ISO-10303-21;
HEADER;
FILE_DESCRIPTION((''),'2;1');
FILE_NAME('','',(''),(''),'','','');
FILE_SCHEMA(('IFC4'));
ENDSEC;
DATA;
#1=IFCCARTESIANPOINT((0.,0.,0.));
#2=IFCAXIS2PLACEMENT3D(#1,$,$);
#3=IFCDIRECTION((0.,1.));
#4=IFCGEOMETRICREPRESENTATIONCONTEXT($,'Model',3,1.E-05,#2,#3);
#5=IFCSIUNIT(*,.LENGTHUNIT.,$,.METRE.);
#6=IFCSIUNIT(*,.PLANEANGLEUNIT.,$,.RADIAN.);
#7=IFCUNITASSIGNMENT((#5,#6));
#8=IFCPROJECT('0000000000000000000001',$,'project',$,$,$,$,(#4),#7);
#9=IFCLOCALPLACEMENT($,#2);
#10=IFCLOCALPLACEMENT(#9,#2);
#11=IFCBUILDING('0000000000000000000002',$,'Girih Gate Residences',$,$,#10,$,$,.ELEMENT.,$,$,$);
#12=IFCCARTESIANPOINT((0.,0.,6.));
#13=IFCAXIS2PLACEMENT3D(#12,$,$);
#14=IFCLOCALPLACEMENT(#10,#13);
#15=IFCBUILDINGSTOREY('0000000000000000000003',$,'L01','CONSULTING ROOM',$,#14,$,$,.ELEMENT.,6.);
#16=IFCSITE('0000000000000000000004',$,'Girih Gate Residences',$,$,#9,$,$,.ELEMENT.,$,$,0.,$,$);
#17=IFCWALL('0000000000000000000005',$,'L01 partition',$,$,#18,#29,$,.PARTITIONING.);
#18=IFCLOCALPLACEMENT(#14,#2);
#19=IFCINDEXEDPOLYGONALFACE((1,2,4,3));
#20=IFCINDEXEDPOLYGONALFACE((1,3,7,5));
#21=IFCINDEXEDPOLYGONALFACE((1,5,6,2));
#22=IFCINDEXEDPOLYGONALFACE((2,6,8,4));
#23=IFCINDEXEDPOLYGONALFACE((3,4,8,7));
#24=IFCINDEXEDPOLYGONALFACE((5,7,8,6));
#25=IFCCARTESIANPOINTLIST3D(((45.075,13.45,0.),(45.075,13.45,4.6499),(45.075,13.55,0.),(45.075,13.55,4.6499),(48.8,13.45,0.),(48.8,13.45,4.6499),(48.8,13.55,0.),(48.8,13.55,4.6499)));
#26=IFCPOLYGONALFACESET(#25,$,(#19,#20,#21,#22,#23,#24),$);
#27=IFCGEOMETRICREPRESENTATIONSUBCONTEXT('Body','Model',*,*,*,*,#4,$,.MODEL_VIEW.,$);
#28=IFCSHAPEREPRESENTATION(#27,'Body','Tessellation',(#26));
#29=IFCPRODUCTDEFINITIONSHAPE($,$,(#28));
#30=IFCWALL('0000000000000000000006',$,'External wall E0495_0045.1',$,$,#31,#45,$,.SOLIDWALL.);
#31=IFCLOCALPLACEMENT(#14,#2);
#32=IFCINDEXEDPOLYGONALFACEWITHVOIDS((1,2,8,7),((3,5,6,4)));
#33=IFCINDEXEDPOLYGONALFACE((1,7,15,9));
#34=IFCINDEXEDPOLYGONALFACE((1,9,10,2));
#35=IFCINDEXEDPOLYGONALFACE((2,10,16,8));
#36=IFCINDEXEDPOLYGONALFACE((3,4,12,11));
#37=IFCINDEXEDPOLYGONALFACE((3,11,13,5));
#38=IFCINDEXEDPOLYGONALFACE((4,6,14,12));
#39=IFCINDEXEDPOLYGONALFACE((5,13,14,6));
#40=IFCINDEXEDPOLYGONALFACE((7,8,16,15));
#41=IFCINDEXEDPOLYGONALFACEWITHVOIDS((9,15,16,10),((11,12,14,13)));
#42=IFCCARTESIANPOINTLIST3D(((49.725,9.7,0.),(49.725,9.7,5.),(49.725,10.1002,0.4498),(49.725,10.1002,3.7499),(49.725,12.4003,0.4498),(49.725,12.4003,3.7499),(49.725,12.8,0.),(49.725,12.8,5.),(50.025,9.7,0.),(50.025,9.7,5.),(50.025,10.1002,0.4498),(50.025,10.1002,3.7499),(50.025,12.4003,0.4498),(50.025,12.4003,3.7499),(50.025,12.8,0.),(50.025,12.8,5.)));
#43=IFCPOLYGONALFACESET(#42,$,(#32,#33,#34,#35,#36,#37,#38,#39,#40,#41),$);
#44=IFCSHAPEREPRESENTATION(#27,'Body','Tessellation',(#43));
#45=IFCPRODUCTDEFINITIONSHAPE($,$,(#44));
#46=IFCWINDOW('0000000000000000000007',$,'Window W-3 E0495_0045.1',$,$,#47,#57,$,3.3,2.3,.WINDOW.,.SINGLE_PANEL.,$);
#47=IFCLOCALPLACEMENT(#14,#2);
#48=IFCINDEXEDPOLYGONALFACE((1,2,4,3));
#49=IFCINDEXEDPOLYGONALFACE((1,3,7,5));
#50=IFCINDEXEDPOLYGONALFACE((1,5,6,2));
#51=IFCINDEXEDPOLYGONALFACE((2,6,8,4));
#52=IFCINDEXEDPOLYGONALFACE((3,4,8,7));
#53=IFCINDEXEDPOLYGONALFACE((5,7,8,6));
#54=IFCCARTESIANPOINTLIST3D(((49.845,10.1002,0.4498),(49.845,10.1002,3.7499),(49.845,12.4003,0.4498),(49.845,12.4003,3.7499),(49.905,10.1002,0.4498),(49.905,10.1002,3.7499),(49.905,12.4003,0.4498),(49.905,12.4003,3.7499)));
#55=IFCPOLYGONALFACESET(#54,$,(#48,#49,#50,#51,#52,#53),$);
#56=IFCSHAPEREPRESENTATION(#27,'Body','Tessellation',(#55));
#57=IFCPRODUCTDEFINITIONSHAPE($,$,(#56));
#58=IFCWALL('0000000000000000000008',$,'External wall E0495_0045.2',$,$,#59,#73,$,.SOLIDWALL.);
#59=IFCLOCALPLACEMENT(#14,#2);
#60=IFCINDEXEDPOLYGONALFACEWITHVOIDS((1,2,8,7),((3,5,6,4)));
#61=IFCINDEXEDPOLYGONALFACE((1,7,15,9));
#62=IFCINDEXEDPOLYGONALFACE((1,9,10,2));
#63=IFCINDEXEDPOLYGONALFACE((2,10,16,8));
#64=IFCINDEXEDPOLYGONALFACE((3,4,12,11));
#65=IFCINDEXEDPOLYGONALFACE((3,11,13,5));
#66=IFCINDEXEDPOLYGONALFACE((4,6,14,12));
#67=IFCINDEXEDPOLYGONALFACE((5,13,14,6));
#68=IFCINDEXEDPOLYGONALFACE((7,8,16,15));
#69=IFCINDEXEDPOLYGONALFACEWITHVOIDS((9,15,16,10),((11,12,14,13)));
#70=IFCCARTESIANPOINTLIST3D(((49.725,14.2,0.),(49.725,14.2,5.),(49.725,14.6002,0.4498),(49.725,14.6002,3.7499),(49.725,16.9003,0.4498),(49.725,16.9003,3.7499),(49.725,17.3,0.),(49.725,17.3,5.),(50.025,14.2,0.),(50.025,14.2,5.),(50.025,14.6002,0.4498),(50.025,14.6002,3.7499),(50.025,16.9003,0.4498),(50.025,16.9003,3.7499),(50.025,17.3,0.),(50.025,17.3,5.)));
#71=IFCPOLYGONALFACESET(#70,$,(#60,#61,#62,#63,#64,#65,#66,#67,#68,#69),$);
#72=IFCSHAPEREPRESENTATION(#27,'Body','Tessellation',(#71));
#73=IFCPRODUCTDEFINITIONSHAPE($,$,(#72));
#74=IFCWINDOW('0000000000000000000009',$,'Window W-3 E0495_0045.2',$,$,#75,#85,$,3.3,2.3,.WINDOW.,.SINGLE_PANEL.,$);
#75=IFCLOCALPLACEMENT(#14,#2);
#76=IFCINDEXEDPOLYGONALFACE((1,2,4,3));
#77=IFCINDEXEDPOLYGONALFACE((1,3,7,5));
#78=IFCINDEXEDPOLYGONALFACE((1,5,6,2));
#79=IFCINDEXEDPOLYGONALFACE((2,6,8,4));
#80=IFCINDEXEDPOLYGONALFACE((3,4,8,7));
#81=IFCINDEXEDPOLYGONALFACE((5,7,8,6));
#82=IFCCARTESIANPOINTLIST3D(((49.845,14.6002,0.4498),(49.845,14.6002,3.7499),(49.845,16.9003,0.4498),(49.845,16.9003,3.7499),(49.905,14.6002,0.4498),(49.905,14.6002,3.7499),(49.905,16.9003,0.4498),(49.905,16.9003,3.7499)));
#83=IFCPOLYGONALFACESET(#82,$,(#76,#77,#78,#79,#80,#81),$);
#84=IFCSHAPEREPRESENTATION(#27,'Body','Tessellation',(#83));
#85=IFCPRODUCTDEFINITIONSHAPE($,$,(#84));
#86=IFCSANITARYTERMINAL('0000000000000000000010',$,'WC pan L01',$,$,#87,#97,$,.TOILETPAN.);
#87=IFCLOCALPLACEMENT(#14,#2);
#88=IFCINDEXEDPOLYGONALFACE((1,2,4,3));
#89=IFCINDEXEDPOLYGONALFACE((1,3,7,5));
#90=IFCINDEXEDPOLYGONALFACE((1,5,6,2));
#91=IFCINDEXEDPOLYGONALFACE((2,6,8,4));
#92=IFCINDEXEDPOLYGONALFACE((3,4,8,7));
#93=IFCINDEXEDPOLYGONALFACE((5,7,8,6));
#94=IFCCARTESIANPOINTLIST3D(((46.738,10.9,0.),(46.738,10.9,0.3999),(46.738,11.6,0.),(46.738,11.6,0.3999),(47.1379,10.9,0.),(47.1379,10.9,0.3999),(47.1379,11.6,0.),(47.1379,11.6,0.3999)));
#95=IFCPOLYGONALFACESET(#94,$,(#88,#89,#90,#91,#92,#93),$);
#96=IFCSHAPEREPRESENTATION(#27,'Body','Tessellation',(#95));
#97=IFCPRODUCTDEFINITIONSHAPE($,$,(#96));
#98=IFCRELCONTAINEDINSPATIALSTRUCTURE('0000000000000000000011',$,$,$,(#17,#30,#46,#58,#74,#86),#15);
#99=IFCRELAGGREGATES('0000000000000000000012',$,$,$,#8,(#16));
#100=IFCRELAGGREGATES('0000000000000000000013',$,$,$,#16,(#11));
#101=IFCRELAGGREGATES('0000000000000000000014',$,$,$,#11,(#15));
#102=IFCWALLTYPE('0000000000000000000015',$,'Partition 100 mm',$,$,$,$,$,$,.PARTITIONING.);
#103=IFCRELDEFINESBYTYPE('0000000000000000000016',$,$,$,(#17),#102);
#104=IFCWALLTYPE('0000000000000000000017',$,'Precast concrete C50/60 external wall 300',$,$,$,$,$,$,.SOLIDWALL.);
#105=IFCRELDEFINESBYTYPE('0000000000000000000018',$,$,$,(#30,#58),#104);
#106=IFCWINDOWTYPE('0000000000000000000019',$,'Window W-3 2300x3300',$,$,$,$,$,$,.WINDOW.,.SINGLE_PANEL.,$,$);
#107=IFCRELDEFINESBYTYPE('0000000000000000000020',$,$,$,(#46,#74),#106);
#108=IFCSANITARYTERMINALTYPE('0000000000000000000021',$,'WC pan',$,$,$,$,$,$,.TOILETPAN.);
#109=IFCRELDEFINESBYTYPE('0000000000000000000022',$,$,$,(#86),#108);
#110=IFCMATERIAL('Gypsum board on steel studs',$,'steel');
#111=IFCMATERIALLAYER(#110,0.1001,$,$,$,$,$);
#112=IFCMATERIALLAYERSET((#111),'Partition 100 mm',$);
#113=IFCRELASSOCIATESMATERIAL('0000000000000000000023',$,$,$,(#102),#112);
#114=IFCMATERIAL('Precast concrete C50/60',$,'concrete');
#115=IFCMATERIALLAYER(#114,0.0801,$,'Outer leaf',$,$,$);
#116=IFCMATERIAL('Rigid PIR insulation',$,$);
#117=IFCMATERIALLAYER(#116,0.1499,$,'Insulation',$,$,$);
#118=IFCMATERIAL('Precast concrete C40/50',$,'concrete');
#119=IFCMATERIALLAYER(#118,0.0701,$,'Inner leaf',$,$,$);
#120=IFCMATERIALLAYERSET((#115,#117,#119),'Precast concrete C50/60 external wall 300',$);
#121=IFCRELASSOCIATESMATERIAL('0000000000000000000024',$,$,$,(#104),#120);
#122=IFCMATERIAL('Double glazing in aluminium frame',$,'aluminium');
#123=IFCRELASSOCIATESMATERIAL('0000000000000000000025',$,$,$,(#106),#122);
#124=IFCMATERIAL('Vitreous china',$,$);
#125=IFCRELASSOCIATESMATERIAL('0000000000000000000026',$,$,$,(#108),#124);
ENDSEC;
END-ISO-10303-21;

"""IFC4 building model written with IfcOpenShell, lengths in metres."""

from ifc_helpers import new_model, si_unit, direction, frame, frame_2d, origin, origin_2d, place, context, subcontext, project, spatial, rectangle, extrude, material, layer, layer_set, type_object, element, fill, save


model = new_model("IFC4")

# Units and contexts
model_context = context("Model", 3, precision=1e-05, world=origin(), true_north=direction((0.0, 1.0)))
body_context = subcontext(model_context, "Body", "Model", "MODEL_VIEW")
ifc_project = project(units=[si_unit("LENGTHUNIT", "METRE"), si_unit("PLANEANGLEUNIT", "RADIAN")], contexts=[model_context])

# Site, building, storey
site_placement = place(None, origin())
site = spatial("IfcSite", under=ifc_project, at=site_placement, Name="Girih Gate Residences", CompositionType="ELEMENT", RefElevation=0.0)
building_placement = place(site_placement, origin())
building = spatial("IfcBuilding", under=site, at=building_placement, Name="Girih Gate Residences", CompositionType="ELEMENT")
storey_placement = place(building_placement, frame((0.0, 0.0, 6.0)))
storey = spatial("IfcBuildingStorey", under=building, at=storey_placement, Name="L01", Description="CONSULTING ROOM", CompositionType="ELEMENT", Elevation=6.0)

# Shared definitions
ifc_material_1 = material(Name="Gypsum board on steel studs", Category="steel")

# Wall
ifc_layer_1 = layer(ifc_material_1, 0.1001)
ifc_layer_set_1 = layer_set([ifc_layer_1], Name="Partition 100 mm")
wall_type_1 = type_object("IfcWallType", Name="Partition 100 mm", PredefinedType="PARTITIONING", material=ifc_layer_set_1)
for number, where, z_axis, x_axis, name in (
    (1, (45.075, 13.5, 0.0), (0.0, 0.0, 1.0), (1.0, 0.0, 0.0), "L01 partition"),
):
    element("IfcWall", number, at=place(storey_placement, frame(where, z_axis=z_axis, x_axis=x_axis)), inside=storey, type_object=wall_type_1, Name=name, PredefinedType="PARTITIONING", context=body_context, shape_type="SweptSolid", body=[
        extrude(rectangle(XDim=3.7251, YDim=0.1001, at=frame_2d((1.8625, 0.0))), origin(), (0.0, 0.0, 1.0), 4.6499),
    ])

# Walls, openings, windows
ifc_material_2 = material(Name="Precast concrete C50/60", Category="concrete")
ifc_layer_2 = layer(ifc_material_2, 0.0801, Name="Outer leaf")
ifc_material_3 = material(Name="Rigid PIR insulation")
ifc_layer_3 = layer(ifc_material_3, 0.1499, Name="Insulation")
ifc_material_4 = material(Name="Precast concrete C40/50", Category="concrete")
ifc_layer_4 = layer(ifc_material_4, 0.0701, Name="Inner leaf")
ifc_layer_set_2 = layer_set([ifc_layer_2, ifc_layer_3, ifc_layer_4], Name="Precast concrete C50/60 external wall 300")
wall_type_2 = type_object("IfcWallType", Name="Precast concrete C50/60 external wall 300", PredefinedType="SOLIDWALL", material=ifc_layer_set_2)
wall_1_placement = place(storey_placement, frame((49.875, 12.8, 0.0), z_axis=(0.0, 0.0, 1.0), x_axis=(0.0, -1.0, 0.0)))
wall_1 = element("IfcWall", 2, at=wall_1_placement, inside=storey, type_object=wall_type_2, Name="External wall E0495_0045.1", PredefinedType="SOLIDWALL", context=body_context, shape_type="SweptSolid", body=[
    extrude(rectangle(XDim=3.1001, YDim=0.3, at=frame_2d((1.55, 0.0))), origin(), (0.0, 0.0, 1.0), 5.0),
])
opening_1_placement = place(wall_1_placement, frame((0.3999, 0.0, 0.45)))
opening_1 = element("IfcOpeningElement", 3, at=opening_1_placement, cuts=wall_1, PredefinedType="OPENING", context=body_context, shape_type="SweptSolid", body=[
    extrude(rectangle(XDim=2.3, YDim=3.3, at=frame_2d((1.1499, 1.6499))), frame((0.0, 0.1599, 0.0), z_axis=(0.0, -1.0, 0.0), x_axis=(1.0, 0.0, 0.0)), (0.0, 0.0, 1.0), 0.3201),
])
ifc_material_5 = material(Name="Double glazing in aluminium frame", Category="aluminium")
window_type = type_object("IfcWindowType", Name="Window W-3 2300x3300", PartitioningType="SINGLE_PANEL", PredefinedType="WINDOW", material=ifc_material_5)
window_1_placement = place(opening_1_placement, origin())
window_1 = element("IfcWindow", 4, at=window_1_placement, inside=storey, type_object=window_type, Name="Window W-3 E0495_0045.1", OverallHeight=3.3, OverallWidth=2.3, PartitioningType="SINGLE_PANEL", PredefinedType="WINDOW", context=body_context, shape_type="SweptSolid", body=[
    extrude(rectangle(XDim=2.3, YDim=3.3, at=frame_2d((1.1499, 1.6499))), frame((0.0, 0.03, 0.0), z_axis=(0.0, -1.0, 0.0), x_axis=(1.0, 0.0, 0.0)), (0.0, 0.0, 1.0), 0.0601),
])
fill(opening_1, window_1)
wall_2_placement = place(storey_placement, frame((49.875, 17.3, 0.0), z_axis=(0.0, 0.0, 1.0), x_axis=(0.0, -1.0, 0.0)))
wall_2 = element("IfcWall", 5, at=wall_2_placement, inside=storey, type_object=wall_type_2, Name="External wall E0495_0045.2", PredefinedType="SOLIDWALL", context=body_context, shape_type="SweptSolid", body=[
    extrude(rectangle(XDim=3.1001, YDim=0.3, at=frame_2d((1.55, 0.0))), origin(), (0.0, 0.0, 1.0), 5.0),
])
opening_2_placement = place(wall_2_placement, frame((0.3999, 0.0, 0.45)))
opening_2 = element("IfcOpeningElement", 6, at=opening_2_placement, cuts=wall_2, PredefinedType="OPENING", context=body_context, shape_type="SweptSolid", body=[
    extrude(rectangle(XDim=2.3, YDim=3.3, at=frame_2d((1.1499, 1.6499))), frame((0.0, 0.1599, 0.0), z_axis=(0.0, -1.0, 0.0), x_axis=(1.0, 0.0, 0.0)), (0.0, 0.0, 1.0), 0.3201),
])
window_2_placement = place(opening_2_placement, origin())
window_2 = element("IfcWindow", 7, at=window_2_placement, inside=storey, type_object=window_type, Name="Window W-3 E0495_0045.2", OverallHeight=3.3, OverallWidth=2.3, PartitioningType="SINGLE_PANEL", PredefinedType="WINDOW", context=body_context, shape_type="SweptSolid", body=[
    extrude(rectangle(XDim=2.3, YDim=3.3, at=frame_2d((1.1499, 1.6499))), frame((0.0, 0.03, 0.0), z_axis=(0.0, -1.0, 0.0), x_axis=(1.0, 0.0, 0.0)), (0.0, 0.0, 1.0), 0.0601),
])
fill(opening_2, window_2)

# Sanitary terminal
ifc_material_6 = material(Name="Vitreous china")
sanitary_terminal_type = type_object("IfcSanitaryTerminalType", Name="WC pan", PredefinedType="TOILETPAN", material=ifc_material_6)
sanitary_terminal_placement = place(storey_placement, frame((46.938, 11.25, 0.0), z_axis=(0.0, 0.0, 1.0), x_axis=(1.0, 0.0, 0.0)))
element("IfcSanitaryTerminal", 8, at=sanitary_terminal_placement, inside=storey, type_object=sanitary_terminal_type, Name="WC pan L01", PredefinedType="TOILETPAN", context=body_context, shape_type="SweptSolid", body=[
    extrude(rectangle(XDim=0.3999, YDim=0.7, at=origin_2d()), origin(), (0.0, 0.0, 1.0), 0.3999),
])

save(model, "model.ifc")
